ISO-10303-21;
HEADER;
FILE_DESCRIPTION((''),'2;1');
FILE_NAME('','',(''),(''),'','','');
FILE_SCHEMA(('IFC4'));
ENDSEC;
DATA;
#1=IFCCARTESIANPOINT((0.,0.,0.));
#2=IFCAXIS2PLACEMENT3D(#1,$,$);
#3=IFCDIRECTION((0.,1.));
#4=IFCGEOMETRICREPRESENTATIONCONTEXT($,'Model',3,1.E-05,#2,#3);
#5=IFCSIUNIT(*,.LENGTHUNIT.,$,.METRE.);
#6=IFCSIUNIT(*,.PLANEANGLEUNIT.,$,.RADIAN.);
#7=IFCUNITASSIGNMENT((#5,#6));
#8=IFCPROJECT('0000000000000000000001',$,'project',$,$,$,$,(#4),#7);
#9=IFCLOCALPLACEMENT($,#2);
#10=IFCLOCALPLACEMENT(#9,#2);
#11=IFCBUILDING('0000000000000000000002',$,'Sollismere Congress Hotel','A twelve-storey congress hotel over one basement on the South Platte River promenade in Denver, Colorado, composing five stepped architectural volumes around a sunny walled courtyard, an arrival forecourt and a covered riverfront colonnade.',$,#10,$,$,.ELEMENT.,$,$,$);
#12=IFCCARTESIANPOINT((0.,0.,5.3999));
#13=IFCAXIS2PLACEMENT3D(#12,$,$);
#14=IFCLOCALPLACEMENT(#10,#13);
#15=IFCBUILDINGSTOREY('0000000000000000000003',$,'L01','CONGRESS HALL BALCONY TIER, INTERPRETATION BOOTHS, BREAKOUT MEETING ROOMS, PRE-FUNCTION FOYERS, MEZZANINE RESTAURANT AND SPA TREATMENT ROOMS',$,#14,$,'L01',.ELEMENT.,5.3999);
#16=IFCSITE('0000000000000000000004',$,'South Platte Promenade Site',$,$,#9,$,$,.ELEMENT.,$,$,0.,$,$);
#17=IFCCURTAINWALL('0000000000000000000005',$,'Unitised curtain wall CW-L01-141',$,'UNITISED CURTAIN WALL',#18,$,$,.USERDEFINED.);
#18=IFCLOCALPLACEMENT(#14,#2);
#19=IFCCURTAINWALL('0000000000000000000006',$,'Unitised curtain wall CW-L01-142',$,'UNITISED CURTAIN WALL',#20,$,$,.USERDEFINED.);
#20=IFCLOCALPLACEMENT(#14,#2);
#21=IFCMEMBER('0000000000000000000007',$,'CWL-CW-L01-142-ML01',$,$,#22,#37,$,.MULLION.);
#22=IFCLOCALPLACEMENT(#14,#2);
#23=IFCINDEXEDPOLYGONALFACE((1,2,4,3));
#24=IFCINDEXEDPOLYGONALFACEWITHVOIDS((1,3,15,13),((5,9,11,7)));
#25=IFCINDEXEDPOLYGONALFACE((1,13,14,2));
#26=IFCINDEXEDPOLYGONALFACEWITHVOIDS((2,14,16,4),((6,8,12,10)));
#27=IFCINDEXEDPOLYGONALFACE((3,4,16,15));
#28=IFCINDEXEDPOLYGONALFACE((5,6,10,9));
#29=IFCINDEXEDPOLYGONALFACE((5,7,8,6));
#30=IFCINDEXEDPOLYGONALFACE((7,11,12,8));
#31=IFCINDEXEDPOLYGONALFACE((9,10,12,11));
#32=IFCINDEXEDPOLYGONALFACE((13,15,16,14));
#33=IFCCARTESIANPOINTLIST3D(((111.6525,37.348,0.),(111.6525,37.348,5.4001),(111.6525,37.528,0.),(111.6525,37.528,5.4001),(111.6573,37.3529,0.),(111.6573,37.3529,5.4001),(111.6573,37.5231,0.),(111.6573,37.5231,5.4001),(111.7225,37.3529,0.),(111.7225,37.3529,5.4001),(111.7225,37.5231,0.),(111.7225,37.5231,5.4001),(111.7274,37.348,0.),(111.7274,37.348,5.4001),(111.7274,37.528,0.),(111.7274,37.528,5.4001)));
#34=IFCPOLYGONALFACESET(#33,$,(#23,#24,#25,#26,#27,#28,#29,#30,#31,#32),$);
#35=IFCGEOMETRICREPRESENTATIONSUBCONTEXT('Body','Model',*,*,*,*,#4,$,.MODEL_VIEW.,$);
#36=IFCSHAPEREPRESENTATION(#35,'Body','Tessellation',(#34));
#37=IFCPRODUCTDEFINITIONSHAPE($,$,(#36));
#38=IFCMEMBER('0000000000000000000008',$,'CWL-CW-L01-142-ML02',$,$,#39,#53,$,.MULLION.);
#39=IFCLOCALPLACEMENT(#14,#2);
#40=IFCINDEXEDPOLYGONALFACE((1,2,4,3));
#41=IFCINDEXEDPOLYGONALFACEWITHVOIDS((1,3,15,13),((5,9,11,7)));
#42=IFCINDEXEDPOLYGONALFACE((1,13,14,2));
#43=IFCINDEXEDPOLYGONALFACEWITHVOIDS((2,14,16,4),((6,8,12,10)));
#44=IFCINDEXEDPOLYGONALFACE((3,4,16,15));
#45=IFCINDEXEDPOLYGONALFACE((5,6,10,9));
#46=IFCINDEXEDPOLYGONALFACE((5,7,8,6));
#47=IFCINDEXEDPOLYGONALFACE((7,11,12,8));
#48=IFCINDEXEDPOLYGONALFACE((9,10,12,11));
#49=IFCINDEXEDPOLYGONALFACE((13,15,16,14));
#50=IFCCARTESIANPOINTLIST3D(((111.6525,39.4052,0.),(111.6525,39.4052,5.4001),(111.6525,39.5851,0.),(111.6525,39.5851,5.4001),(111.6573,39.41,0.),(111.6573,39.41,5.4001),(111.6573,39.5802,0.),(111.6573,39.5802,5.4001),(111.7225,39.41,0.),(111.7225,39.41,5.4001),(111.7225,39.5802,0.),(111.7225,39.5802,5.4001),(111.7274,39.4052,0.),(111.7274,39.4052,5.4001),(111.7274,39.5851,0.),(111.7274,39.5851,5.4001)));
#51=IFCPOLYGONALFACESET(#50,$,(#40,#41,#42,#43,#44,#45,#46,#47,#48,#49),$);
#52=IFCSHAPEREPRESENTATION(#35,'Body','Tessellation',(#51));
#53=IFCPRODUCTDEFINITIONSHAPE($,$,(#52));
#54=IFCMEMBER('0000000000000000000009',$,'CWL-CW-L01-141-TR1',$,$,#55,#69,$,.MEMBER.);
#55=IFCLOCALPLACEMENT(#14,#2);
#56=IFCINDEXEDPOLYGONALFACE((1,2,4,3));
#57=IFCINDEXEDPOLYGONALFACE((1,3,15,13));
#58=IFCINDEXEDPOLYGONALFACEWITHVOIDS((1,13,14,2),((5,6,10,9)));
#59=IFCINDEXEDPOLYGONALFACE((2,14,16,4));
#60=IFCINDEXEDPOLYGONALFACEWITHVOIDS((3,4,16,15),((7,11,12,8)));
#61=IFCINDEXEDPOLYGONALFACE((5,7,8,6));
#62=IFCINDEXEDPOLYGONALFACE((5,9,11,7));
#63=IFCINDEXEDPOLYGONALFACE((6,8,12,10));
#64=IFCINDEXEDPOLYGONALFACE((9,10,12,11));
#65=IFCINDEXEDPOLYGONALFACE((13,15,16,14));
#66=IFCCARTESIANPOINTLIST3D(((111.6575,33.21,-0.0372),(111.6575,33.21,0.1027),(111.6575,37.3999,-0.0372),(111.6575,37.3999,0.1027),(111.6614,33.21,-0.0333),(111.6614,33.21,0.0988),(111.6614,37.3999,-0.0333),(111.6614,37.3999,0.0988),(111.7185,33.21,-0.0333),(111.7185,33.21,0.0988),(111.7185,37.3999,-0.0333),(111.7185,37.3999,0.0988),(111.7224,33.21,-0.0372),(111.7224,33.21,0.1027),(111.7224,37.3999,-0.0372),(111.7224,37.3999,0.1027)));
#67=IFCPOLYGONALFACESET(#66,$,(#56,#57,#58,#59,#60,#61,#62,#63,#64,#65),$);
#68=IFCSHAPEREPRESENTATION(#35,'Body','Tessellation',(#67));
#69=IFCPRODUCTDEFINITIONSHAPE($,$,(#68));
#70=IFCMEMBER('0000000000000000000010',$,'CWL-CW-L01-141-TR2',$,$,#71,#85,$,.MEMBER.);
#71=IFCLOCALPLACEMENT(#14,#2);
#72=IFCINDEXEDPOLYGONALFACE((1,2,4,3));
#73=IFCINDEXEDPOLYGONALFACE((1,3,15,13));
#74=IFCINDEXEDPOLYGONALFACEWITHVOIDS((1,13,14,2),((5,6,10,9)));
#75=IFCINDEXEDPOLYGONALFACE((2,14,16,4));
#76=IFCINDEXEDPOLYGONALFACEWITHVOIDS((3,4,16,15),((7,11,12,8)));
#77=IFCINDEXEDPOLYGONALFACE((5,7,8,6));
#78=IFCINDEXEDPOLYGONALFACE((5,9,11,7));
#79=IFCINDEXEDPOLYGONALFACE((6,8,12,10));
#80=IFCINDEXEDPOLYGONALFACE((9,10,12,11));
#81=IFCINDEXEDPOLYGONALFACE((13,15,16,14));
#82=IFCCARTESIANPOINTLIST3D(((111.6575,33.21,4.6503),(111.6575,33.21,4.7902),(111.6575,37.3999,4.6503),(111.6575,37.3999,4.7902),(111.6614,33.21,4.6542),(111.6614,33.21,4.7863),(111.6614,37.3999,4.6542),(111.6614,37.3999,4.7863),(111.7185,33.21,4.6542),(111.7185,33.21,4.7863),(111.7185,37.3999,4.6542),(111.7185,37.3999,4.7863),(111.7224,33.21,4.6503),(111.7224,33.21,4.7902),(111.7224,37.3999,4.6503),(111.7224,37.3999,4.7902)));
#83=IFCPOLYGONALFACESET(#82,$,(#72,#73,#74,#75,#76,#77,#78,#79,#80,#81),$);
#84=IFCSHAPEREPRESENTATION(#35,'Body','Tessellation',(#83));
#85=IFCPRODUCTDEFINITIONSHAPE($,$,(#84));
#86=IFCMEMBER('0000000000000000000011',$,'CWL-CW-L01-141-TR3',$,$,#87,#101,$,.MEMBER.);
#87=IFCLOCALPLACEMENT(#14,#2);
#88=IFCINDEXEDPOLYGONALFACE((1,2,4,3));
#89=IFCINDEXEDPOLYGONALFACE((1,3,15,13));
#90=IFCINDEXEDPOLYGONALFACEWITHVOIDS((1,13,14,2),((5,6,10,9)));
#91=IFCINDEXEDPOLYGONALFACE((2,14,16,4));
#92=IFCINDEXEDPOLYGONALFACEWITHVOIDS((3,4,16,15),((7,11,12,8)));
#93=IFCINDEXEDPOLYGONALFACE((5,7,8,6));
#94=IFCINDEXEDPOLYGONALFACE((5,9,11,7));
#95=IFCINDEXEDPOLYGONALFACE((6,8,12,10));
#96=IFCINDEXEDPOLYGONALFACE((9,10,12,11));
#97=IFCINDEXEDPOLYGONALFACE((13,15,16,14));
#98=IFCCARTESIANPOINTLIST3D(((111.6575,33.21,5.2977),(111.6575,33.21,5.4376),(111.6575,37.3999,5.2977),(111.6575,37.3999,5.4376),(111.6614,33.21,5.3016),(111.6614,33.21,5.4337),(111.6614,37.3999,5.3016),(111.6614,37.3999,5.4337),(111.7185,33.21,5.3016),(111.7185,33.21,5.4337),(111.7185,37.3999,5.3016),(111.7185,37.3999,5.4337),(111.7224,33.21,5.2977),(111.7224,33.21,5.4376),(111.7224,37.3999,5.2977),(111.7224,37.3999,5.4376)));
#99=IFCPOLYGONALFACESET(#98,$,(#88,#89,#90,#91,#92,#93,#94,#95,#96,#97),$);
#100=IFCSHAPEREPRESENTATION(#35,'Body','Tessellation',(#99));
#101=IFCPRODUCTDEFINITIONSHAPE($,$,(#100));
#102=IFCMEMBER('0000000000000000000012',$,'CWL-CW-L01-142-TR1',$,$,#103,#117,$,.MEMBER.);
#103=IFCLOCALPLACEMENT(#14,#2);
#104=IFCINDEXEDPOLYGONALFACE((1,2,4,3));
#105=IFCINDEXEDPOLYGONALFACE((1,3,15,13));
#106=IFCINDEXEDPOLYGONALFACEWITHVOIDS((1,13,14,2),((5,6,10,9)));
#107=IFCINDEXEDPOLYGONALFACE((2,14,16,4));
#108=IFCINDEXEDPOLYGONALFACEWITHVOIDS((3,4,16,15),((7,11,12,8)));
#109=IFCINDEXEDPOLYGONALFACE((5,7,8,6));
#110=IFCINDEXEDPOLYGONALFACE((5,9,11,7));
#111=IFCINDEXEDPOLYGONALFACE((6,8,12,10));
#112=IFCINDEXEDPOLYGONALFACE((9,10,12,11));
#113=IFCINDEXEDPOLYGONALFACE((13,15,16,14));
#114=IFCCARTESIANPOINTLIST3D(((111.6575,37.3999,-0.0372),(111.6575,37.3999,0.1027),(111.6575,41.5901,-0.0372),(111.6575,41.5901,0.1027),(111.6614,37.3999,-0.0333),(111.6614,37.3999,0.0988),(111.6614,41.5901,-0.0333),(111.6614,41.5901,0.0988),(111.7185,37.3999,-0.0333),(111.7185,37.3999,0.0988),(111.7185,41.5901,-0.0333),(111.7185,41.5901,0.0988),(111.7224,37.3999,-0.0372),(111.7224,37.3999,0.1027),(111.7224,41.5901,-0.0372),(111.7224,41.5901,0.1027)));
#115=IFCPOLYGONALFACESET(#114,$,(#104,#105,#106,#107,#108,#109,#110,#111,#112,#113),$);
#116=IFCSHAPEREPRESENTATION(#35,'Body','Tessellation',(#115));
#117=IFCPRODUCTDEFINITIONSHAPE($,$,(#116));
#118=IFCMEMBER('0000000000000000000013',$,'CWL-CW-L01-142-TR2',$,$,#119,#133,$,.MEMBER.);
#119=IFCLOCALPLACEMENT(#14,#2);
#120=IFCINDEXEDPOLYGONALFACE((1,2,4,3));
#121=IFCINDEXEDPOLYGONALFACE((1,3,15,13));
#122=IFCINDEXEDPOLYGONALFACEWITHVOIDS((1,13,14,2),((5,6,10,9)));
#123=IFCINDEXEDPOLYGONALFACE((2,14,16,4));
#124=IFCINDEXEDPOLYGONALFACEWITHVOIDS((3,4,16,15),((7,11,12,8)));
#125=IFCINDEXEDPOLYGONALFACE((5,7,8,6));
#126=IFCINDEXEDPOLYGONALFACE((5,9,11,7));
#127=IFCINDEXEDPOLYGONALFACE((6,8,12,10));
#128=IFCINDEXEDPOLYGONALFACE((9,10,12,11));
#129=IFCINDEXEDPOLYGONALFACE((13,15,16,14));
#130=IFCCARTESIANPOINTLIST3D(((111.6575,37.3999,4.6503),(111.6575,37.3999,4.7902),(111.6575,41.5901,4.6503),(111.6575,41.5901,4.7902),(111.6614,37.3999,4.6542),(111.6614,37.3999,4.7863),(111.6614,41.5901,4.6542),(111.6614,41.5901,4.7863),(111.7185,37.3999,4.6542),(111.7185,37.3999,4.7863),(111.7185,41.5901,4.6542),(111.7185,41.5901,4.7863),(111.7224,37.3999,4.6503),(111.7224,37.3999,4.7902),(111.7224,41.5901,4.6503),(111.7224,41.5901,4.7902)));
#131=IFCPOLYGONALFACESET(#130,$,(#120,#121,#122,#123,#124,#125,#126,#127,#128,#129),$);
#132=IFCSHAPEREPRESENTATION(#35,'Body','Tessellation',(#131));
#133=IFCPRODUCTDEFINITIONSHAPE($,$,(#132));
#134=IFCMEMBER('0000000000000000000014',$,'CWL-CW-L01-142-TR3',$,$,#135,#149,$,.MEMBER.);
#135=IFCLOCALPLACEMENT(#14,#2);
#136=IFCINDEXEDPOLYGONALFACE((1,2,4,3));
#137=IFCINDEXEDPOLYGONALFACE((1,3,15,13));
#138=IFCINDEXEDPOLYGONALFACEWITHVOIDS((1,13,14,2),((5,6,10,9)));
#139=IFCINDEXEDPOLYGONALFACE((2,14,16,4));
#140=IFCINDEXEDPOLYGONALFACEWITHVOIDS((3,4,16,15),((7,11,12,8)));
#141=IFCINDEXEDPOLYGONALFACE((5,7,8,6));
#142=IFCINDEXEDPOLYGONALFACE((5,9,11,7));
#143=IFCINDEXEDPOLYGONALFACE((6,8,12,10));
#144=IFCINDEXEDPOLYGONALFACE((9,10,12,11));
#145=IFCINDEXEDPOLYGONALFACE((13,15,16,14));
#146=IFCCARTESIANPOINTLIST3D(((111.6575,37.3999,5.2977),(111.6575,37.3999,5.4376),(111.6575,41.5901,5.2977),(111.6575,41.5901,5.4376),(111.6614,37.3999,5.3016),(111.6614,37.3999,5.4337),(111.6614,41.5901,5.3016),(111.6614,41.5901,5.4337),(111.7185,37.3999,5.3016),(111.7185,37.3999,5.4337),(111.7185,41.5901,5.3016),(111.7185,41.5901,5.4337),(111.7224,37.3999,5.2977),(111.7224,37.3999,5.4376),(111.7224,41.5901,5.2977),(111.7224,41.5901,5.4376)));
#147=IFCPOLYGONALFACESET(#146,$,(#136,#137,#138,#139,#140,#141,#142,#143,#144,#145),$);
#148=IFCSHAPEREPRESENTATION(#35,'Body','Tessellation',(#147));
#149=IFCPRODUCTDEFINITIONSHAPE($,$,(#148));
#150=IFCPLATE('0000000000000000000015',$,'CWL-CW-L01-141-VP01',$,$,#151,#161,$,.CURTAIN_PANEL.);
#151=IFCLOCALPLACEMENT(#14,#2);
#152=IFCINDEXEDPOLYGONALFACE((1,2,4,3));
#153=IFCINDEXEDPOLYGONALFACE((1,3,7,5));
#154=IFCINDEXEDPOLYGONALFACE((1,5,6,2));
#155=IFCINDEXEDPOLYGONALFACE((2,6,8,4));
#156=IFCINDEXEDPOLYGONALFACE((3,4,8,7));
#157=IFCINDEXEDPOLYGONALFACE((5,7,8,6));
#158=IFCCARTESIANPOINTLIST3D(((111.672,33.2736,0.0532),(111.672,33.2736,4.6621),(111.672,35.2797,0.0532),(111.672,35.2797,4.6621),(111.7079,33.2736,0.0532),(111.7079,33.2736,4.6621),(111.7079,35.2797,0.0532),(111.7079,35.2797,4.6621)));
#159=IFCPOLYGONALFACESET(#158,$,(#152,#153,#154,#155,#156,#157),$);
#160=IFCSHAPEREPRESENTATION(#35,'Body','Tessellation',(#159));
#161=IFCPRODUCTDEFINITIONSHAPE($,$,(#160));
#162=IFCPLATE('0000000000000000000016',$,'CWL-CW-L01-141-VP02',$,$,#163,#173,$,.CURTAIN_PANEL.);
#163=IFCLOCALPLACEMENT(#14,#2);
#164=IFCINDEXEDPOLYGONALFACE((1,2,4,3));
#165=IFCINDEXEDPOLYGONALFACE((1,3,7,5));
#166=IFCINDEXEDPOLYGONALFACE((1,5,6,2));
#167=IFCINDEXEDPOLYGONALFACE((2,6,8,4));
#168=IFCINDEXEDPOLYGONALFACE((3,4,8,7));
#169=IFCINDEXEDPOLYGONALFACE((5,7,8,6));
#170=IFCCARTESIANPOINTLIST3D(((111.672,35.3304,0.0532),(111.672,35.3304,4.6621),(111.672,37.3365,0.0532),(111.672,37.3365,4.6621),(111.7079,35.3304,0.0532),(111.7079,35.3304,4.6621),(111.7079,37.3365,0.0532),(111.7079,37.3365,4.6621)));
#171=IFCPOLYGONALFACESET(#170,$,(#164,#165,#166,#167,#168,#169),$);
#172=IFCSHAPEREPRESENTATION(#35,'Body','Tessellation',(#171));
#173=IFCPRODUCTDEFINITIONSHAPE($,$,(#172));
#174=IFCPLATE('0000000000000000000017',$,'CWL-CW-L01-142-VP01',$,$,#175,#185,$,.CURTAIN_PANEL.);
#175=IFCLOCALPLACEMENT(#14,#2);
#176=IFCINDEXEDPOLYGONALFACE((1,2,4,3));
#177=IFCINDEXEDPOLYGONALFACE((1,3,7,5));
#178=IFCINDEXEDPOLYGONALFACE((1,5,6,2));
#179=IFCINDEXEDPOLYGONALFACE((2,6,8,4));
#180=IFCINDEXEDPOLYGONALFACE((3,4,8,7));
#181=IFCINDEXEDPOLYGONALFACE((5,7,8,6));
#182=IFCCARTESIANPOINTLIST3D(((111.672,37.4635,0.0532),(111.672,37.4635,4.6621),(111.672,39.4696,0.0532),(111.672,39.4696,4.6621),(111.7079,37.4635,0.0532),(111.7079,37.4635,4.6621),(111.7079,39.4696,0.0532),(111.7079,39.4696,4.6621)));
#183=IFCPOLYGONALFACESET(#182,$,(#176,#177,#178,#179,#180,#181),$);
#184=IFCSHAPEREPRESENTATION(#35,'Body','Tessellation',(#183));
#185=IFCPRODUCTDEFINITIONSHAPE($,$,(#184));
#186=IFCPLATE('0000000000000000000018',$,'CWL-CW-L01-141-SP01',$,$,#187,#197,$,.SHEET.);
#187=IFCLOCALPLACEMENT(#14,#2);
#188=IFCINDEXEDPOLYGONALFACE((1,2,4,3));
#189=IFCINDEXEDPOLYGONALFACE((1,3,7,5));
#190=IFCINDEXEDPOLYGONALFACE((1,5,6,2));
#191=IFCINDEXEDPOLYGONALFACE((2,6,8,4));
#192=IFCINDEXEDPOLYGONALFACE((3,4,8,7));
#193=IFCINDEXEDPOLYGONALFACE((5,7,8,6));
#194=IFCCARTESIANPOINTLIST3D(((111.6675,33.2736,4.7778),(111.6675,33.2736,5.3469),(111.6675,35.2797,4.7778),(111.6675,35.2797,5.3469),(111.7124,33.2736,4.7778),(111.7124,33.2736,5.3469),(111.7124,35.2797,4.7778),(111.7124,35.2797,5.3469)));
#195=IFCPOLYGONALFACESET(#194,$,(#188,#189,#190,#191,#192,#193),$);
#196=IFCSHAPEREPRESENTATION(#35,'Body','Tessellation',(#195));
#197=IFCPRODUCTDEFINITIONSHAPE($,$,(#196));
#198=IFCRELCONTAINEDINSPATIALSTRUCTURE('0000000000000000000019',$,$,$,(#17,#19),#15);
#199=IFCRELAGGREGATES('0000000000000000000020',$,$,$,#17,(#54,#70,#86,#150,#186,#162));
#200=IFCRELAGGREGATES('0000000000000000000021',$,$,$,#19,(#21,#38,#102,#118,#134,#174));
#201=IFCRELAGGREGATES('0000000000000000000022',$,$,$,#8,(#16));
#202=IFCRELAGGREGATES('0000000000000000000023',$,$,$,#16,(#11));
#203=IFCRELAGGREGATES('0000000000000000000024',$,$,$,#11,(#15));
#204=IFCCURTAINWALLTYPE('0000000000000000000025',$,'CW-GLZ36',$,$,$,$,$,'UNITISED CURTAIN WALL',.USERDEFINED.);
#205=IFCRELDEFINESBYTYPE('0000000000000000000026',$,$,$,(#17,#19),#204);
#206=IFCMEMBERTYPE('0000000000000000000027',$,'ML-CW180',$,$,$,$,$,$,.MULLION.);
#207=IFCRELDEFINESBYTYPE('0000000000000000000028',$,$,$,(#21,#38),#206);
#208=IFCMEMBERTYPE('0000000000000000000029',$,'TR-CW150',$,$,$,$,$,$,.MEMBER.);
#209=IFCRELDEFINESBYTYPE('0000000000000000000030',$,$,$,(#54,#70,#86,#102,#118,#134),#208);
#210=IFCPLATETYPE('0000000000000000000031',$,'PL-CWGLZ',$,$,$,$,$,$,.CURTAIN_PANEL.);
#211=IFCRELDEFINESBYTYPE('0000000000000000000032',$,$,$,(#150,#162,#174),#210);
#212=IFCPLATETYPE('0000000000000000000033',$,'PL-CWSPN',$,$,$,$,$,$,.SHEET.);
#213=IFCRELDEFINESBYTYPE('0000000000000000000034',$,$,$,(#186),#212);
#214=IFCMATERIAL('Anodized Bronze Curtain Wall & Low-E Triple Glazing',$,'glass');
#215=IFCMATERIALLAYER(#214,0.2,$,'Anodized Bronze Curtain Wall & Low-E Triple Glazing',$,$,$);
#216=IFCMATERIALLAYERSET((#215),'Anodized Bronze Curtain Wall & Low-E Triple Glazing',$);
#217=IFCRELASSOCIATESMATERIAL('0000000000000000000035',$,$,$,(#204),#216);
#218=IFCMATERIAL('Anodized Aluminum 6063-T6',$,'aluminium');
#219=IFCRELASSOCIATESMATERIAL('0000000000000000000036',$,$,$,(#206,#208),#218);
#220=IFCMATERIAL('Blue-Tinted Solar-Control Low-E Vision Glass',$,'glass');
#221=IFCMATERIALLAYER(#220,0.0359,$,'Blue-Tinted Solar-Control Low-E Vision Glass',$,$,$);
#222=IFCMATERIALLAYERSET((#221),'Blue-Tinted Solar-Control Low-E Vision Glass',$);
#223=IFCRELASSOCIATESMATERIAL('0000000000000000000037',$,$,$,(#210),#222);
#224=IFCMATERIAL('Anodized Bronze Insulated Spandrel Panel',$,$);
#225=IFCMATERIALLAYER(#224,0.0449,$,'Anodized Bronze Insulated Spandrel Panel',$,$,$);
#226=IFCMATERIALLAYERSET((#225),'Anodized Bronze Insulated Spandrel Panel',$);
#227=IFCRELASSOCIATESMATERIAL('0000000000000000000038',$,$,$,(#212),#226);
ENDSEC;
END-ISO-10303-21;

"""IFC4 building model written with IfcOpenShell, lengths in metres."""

from ifc_helpers import new_model, si_unit, direction, frame, origin, origin_2d, place, context, subcontext, project, spatial, rectangle, hollow_rectangle, extrude, material, layer, layer_set, material_profile, profile_set, type_object, element, aggregate, save


model = new_model("IFC4")

# Units and contexts
model_context = context("Model", 3, precision=1e-05, world=origin(), true_north=direction((0.0, 1.0)))
body_context = subcontext(model_context, "Body", "Model", "MODEL_VIEW")
ifc_project = project(units=[si_unit("LENGTHUNIT", "METRE"), si_unit("PLANEANGLEUNIT", "RADIAN")], contexts=[model_context])

# Site, building, storey
site_placement = place(None, origin())
site = spatial("IfcSite", under=ifc_project, at=site_placement, Name="South Platte Promenade Site", CompositionType="ELEMENT", RefElevation=0.0)
building_placement = place(site_placement, origin())
building = spatial("IfcBuilding", under=site, at=building_placement, Name="Sollismere Congress Hotel", Description="A twelve-storey congress hotel over one basement on the South Platte River promenade in Denver, Colorado, composing five stepped architectural volumes around a sunny walled courtyard, an arrival forecourt and a covered riverfront colonnade.", CompositionType="ELEMENT")
storey_placement = place(building_placement, frame((0.0, 0.0, 5.3999)))
storey = spatial("IfcBuildingStorey", under=building, at=storey_placement, Name="L01", Description="CONGRESS HALL BALCONY TIER, INTERPRETATION BOOTHS, BREAKOUT MEETING ROOMS, PRE-FUNCTION FOYERS, MEZZANINE RESTAURANT AND SPA TREATMENT ROOMS", LongName="L01", CompositionType="ELEMENT", Elevation=5.3999)

# Curtain walls, members
ifc_material_1 = material(Name="Anodized Bronze Curtain Wall & Low-E Triple Glazing", Category="glass")
ifc_layer_1 = layer(ifc_material_1, 0.2, Name="Anodized Bronze Curtain Wall & Low-E Triple Glazing")
ifc_layer_set_1 = layer_set([ifc_layer_1], Name="Anodized Bronze Curtain Wall & Low-E Triple Glazing")
curtain_wall_type = type_object("IfcCurtainWallType", Name="CW-GLZ36", ElementType="UNITISED CURTAIN WALL", PredefinedType="USERDEFINED", material=ifc_layer_set_1)
curtain_wall_1_placement = place(storey_placement, origin())
curtain_wall_1 = element("IfcCurtainWall", 1, at=curtain_wall_1_placement, inside=storey, type_object=curtain_wall_type, Name="Unitised curtain wall CW-L01-141", ObjectType="UNITISED CURTAIN WALL", PredefinedType="USERDEFINED")
ifc_material_2 = material(Name="Anodized Aluminum 6063-T6", Category="aluminium")
ifc_material_profile_1 = material_profile(ifc_material_2, hollow_rectangle(XDim=0.075, YDim=0.1799, WallThickness=0.0049, at=origin_2d()), Name="ALU180X75X5")
ifc_profile_set_1 = profile_set([ifc_material_profile_1], Name="Anodized Aluminum 6063-T6")
member_type_1 = type_object("IfcMemberType", Name="ML-CW180", PredefinedType="MULLION", material=ifc_profile_set_1)
curtain_wall_2_placement = place(storey_placement, origin())
curtain_wall_2 = element("IfcCurtainWall", 2, at=curtain_wall_2_placement, inside=storey, type_object=curtain_wall_type, Name="Unitised curtain wall CW-L01-142", ObjectType="UNITISED CURTAIN WALL", PredefinedType="USERDEFINED")
member_1_placement = place(storey_placement, frame((111.6899, 37.438, 0.0), z_axis=(0.0, 0.0, 1.0), x_axis=(-1.0, 0.0, 0.0)))
member_1 = element("IfcMember", 3, at=member_1_placement, type_object=member_type_1, Name="CWL-CW-L01-142-ML01", PredefinedType="MULLION", context=body_context, shape_type="SweptSolid", body=[
    extrude(hollow_rectangle(XDim=0.075, YDim=0.1799, WallThickness=0.0049, at=origin_2d()), origin(), (0.0, 0.0, 1.0), 5.4001),
])
member_2_placement = place(storey_placement, frame((111.6899, 39.4951, 0.0), z_axis=(0.0, 0.0, 1.0), x_axis=(-1.0, 0.0, 0.0)))
member_2 = element("IfcMember", 4, at=member_2_placement, type_object=member_type_1, Name="CWL-CW-L01-142-ML02", PredefinedType="MULLION", context=body_context, shape_type="SweptSolid", body=[
    extrude(hollow_rectangle(XDim=0.075, YDim=0.1799, WallThickness=0.0049, at=origin_2d()), origin(), (0.0, 0.0, 1.0), 5.4001),
])

# Members
ifc_material_profile_2 = material_profile(ifc_material_2, hollow_rectangle(XDim=0.0649, YDim=0.1399, WallThickness=0.0039, at=origin_2d()), Name="ALU140X65X4")
ifc_profile_set_2 = profile_set([ifc_material_profile_2], Name="Anodized Aluminum 6063-T6")
member_type_2 = type_object("IfcMemberType", Name="TR-CW150", PredefinedType="MEMBER", material=ifc_profile_set_2)
member_3_placement = place(storey_placement, frame((111.6899, 33.21, 0.0327), z_axis=(0.0, 1.0, 0.0), x_axis=(-1.0, 0.0, 0.0)))
member_3 = element("IfcMember", 5, at=member_3_placement, type_object=member_type_2, Name="CWL-CW-L01-141-TR1", PredefinedType="MEMBER", context=body_context, shape_type="SweptSolid", body=[
    extrude(hollow_rectangle(XDim=0.0649, YDim=0.1399, WallThickness=0.0039, at=origin_2d()), origin(), (0.0, 0.0, 1.0), 4.1899),
])
member_4_placement = place(storey_placement, frame((111.6899, 33.21, 4.7202), z_axis=(0.0, 1.0, 0.0), x_axis=(-1.0, 0.0, 0.0)))
member_4 = element("IfcMember", 6, at=member_4_placement, type_object=member_type_2, Name="CWL-CW-L01-141-TR2", PredefinedType="MEMBER", context=body_context, shape_type="SweptSolid", body=[
    extrude(hollow_rectangle(XDim=0.0649, YDim=0.1399, WallThickness=0.0039, at=origin_2d()), origin(), (0.0, 0.0, 1.0), 4.1899),
])
member_5_placement = place(storey_placement, frame((111.6899, 33.21, 5.3677), z_axis=(0.0, 1.0, 0.0), x_axis=(-1.0, 0.0, 0.0)))
member_5 = element("IfcMember", 7, at=member_5_placement, type_object=member_type_2, Name="CWL-CW-L01-141-TR3", PredefinedType="MEMBER", context=body_context, shape_type="SweptSolid", body=[
    extrude(hollow_rectangle(XDim=0.0649, YDim=0.1399, WallThickness=0.0039, at=origin_2d()), origin(), (0.0, 0.0, 1.0), 4.1899),
])
member_6_placement = place(storey_placement, frame((111.6899, 37.3999, 0.0327), z_axis=(0.0, 1.0, 0.0), x_axis=(-1.0, 0.0, 0.0)))
member_6 = element("IfcMember", 8, at=member_6_placement, type_object=member_type_2, Name="CWL-CW-L01-142-TR1", PredefinedType="MEMBER", context=body_context, shape_type="SweptSolid", body=[
    extrude(hollow_rectangle(XDim=0.0649, YDim=0.1399, WallThickness=0.0039, at=origin_2d()), origin(), (0.0, 0.0, 1.0), 4.1902),
])
member_7_placement = place(storey_placement, frame((111.6899, 37.3999, 4.7202), z_axis=(0.0, 1.0, 0.0), x_axis=(-1.0, 0.0, 0.0)))
member_7 = element("IfcMember", 9, at=member_7_placement, type_object=member_type_2, Name="CWL-CW-L01-142-TR2", PredefinedType="MEMBER", context=body_context, shape_type="SweptSolid", body=[
    extrude(hollow_rectangle(XDim=0.0649, YDim=0.1399, WallThickness=0.0039, at=origin_2d()), origin(), (0.0, 0.0, 1.0), 4.1902),
])
member_8_placement = place(storey_placement, frame((111.6899, 37.3999, 5.3677), z_axis=(0.0, 1.0, 0.0), x_axis=(-1.0, 0.0, 0.0)))
member_8 = element("IfcMember", 10, at=member_8_placement, type_object=member_type_2, Name="CWL-CW-L01-142-TR3", PredefinedType="MEMBER", context=body_context, shape_type="SweptSolid", body=[
    extrude(hollow_rectangle(XDim=0.0649, YDim=0.1399, WallThickness=0.0039, at=origin_2d()), origin(), (0.0, 0.0, 1.0), 4.1902),
])

# Plates
ifc_material_3 = material(Name="Blue-Tinted Solar-Control Low-E Vision Glass", Category="glass")
ifc_layer_2 = layer(ifc_material_3, 0.0359, Name="Blue-Tinted Solar-Control Low-E Vision Glass")
ifc_layer_set_2 = layer_set([ifc_layer_2], Name="Blue-Tinted Solar-Control Low-E Vision Glass")
plate_type_1 = type_object("IfcPlateType", Name="PL-CWGLZ", PredefinedType="CURTAIN_PANEL", material=ifc_layer_set_2)
plate_1_placement = place(storey_placement, frame((111.6899, 34.2766, 0.0532), z_axis=(0.0, 0.0, 1.0), x_axis=(0.0, 1.0, 0.0)))
plate_1 = element("IfcPlate", 11, at=plate_1_placement, type_object=plate_type_1, Name="CWL-CW-L01-141-VP01", PredefinedType="CURTAIN_PANEL", context=body_context, shape_type="SweptSolid", body=[
    extrude(rectangle(XDim=2.0061, YDim=0.0359, at=origin_2d()), origin(), (0.0, 0.0, 1.0), 4.6089),
])
plate_2_placement = place(storey_placement, frame((111.6899, 36.3335, 0.0532), z_axis=(0.0, 0.0, 1.0), x_axis=(0.0, 1.0, 0.0)))
plate_2 = element("IfcPlate", 12, at=plate_2_placement, type_object=plate_type_1, Name="CWL-CW-L01-141-VP02", PredefinedType="CURTAIN_PANEL", context=body_context, shape_type="SweptSolid", body=[
    extrude(rectangle(XDim=2.0061, YDim=0.0359, at=origin_2d()), origin(), (0.0, 0.0, 1.0), 4.6089),
])
plate_3_placement = place(storey_placement, frame((111.6899, 38.4666, 0.0532), z_axis=(0.0, 0.0, 1.0), x_axis=(0.0, 1.0, 0.0)))
plate_3 = element("IfcPlate", 13, at=plate_3_placement, type_object=plate_type_1, Name="CWL-CW-L01-142-VP01", PredefinedType="CURTAIN_PANEL", context=body_context, shape_type="SweptSolid", body=[
    extrude(rectangle(XDim=2.0061, YDim=0.0359, at=origin_2d()), origin(), (0.0, 0.0, 1.0), 4.6089),
])
ifc_material_4 = material(Name="Anodized Bronze Insulated Spandrel Panel")
ifc_layer_3 = layer(ifc_material_4, 0.0449, Name="Anodized Bronze Insulated Spandrel Panel")
ifc_layer_set_3 = layer_set([ifc_layer_3], Name="Anodized Bronze Insulated Spandrel Panel")
plate_type_2 = type_object("IfcPlateType", Name="PL-CWSPN", PredefinedType="SHEET", material=ifc_layer_set_3)
plate_4_placement = place(storey_placement, frame((111.6899, 34.2766, 4.7778), z_axis=(0.0, 0.0, 1.0), x_axis=(0.0, 1.0, 0.0)))
plate_4 = element("IfcPlate", 14, at=plate_4_placement, type_object=plate_type_2, Name="CWL-CW-L01-141-SP01", PredefinedType="SHEET", context=body_context, shape_type="SweptSolid", body=[
    extrude(rectangle(XDim=2.0061, YDim=0.0449, at=origin_2d()), origin(), (0.0, 0.0, 1.0), 0.5691),
])
aggregate(curtain_wall_1, [member_3, member_4, member_5, plate_1, plate_4, plate_2])
aggregate(curtain_wall_2, [member_1, member_2, member_6, member_7, member_8, plate_3])

save(model, "model.ifc")
